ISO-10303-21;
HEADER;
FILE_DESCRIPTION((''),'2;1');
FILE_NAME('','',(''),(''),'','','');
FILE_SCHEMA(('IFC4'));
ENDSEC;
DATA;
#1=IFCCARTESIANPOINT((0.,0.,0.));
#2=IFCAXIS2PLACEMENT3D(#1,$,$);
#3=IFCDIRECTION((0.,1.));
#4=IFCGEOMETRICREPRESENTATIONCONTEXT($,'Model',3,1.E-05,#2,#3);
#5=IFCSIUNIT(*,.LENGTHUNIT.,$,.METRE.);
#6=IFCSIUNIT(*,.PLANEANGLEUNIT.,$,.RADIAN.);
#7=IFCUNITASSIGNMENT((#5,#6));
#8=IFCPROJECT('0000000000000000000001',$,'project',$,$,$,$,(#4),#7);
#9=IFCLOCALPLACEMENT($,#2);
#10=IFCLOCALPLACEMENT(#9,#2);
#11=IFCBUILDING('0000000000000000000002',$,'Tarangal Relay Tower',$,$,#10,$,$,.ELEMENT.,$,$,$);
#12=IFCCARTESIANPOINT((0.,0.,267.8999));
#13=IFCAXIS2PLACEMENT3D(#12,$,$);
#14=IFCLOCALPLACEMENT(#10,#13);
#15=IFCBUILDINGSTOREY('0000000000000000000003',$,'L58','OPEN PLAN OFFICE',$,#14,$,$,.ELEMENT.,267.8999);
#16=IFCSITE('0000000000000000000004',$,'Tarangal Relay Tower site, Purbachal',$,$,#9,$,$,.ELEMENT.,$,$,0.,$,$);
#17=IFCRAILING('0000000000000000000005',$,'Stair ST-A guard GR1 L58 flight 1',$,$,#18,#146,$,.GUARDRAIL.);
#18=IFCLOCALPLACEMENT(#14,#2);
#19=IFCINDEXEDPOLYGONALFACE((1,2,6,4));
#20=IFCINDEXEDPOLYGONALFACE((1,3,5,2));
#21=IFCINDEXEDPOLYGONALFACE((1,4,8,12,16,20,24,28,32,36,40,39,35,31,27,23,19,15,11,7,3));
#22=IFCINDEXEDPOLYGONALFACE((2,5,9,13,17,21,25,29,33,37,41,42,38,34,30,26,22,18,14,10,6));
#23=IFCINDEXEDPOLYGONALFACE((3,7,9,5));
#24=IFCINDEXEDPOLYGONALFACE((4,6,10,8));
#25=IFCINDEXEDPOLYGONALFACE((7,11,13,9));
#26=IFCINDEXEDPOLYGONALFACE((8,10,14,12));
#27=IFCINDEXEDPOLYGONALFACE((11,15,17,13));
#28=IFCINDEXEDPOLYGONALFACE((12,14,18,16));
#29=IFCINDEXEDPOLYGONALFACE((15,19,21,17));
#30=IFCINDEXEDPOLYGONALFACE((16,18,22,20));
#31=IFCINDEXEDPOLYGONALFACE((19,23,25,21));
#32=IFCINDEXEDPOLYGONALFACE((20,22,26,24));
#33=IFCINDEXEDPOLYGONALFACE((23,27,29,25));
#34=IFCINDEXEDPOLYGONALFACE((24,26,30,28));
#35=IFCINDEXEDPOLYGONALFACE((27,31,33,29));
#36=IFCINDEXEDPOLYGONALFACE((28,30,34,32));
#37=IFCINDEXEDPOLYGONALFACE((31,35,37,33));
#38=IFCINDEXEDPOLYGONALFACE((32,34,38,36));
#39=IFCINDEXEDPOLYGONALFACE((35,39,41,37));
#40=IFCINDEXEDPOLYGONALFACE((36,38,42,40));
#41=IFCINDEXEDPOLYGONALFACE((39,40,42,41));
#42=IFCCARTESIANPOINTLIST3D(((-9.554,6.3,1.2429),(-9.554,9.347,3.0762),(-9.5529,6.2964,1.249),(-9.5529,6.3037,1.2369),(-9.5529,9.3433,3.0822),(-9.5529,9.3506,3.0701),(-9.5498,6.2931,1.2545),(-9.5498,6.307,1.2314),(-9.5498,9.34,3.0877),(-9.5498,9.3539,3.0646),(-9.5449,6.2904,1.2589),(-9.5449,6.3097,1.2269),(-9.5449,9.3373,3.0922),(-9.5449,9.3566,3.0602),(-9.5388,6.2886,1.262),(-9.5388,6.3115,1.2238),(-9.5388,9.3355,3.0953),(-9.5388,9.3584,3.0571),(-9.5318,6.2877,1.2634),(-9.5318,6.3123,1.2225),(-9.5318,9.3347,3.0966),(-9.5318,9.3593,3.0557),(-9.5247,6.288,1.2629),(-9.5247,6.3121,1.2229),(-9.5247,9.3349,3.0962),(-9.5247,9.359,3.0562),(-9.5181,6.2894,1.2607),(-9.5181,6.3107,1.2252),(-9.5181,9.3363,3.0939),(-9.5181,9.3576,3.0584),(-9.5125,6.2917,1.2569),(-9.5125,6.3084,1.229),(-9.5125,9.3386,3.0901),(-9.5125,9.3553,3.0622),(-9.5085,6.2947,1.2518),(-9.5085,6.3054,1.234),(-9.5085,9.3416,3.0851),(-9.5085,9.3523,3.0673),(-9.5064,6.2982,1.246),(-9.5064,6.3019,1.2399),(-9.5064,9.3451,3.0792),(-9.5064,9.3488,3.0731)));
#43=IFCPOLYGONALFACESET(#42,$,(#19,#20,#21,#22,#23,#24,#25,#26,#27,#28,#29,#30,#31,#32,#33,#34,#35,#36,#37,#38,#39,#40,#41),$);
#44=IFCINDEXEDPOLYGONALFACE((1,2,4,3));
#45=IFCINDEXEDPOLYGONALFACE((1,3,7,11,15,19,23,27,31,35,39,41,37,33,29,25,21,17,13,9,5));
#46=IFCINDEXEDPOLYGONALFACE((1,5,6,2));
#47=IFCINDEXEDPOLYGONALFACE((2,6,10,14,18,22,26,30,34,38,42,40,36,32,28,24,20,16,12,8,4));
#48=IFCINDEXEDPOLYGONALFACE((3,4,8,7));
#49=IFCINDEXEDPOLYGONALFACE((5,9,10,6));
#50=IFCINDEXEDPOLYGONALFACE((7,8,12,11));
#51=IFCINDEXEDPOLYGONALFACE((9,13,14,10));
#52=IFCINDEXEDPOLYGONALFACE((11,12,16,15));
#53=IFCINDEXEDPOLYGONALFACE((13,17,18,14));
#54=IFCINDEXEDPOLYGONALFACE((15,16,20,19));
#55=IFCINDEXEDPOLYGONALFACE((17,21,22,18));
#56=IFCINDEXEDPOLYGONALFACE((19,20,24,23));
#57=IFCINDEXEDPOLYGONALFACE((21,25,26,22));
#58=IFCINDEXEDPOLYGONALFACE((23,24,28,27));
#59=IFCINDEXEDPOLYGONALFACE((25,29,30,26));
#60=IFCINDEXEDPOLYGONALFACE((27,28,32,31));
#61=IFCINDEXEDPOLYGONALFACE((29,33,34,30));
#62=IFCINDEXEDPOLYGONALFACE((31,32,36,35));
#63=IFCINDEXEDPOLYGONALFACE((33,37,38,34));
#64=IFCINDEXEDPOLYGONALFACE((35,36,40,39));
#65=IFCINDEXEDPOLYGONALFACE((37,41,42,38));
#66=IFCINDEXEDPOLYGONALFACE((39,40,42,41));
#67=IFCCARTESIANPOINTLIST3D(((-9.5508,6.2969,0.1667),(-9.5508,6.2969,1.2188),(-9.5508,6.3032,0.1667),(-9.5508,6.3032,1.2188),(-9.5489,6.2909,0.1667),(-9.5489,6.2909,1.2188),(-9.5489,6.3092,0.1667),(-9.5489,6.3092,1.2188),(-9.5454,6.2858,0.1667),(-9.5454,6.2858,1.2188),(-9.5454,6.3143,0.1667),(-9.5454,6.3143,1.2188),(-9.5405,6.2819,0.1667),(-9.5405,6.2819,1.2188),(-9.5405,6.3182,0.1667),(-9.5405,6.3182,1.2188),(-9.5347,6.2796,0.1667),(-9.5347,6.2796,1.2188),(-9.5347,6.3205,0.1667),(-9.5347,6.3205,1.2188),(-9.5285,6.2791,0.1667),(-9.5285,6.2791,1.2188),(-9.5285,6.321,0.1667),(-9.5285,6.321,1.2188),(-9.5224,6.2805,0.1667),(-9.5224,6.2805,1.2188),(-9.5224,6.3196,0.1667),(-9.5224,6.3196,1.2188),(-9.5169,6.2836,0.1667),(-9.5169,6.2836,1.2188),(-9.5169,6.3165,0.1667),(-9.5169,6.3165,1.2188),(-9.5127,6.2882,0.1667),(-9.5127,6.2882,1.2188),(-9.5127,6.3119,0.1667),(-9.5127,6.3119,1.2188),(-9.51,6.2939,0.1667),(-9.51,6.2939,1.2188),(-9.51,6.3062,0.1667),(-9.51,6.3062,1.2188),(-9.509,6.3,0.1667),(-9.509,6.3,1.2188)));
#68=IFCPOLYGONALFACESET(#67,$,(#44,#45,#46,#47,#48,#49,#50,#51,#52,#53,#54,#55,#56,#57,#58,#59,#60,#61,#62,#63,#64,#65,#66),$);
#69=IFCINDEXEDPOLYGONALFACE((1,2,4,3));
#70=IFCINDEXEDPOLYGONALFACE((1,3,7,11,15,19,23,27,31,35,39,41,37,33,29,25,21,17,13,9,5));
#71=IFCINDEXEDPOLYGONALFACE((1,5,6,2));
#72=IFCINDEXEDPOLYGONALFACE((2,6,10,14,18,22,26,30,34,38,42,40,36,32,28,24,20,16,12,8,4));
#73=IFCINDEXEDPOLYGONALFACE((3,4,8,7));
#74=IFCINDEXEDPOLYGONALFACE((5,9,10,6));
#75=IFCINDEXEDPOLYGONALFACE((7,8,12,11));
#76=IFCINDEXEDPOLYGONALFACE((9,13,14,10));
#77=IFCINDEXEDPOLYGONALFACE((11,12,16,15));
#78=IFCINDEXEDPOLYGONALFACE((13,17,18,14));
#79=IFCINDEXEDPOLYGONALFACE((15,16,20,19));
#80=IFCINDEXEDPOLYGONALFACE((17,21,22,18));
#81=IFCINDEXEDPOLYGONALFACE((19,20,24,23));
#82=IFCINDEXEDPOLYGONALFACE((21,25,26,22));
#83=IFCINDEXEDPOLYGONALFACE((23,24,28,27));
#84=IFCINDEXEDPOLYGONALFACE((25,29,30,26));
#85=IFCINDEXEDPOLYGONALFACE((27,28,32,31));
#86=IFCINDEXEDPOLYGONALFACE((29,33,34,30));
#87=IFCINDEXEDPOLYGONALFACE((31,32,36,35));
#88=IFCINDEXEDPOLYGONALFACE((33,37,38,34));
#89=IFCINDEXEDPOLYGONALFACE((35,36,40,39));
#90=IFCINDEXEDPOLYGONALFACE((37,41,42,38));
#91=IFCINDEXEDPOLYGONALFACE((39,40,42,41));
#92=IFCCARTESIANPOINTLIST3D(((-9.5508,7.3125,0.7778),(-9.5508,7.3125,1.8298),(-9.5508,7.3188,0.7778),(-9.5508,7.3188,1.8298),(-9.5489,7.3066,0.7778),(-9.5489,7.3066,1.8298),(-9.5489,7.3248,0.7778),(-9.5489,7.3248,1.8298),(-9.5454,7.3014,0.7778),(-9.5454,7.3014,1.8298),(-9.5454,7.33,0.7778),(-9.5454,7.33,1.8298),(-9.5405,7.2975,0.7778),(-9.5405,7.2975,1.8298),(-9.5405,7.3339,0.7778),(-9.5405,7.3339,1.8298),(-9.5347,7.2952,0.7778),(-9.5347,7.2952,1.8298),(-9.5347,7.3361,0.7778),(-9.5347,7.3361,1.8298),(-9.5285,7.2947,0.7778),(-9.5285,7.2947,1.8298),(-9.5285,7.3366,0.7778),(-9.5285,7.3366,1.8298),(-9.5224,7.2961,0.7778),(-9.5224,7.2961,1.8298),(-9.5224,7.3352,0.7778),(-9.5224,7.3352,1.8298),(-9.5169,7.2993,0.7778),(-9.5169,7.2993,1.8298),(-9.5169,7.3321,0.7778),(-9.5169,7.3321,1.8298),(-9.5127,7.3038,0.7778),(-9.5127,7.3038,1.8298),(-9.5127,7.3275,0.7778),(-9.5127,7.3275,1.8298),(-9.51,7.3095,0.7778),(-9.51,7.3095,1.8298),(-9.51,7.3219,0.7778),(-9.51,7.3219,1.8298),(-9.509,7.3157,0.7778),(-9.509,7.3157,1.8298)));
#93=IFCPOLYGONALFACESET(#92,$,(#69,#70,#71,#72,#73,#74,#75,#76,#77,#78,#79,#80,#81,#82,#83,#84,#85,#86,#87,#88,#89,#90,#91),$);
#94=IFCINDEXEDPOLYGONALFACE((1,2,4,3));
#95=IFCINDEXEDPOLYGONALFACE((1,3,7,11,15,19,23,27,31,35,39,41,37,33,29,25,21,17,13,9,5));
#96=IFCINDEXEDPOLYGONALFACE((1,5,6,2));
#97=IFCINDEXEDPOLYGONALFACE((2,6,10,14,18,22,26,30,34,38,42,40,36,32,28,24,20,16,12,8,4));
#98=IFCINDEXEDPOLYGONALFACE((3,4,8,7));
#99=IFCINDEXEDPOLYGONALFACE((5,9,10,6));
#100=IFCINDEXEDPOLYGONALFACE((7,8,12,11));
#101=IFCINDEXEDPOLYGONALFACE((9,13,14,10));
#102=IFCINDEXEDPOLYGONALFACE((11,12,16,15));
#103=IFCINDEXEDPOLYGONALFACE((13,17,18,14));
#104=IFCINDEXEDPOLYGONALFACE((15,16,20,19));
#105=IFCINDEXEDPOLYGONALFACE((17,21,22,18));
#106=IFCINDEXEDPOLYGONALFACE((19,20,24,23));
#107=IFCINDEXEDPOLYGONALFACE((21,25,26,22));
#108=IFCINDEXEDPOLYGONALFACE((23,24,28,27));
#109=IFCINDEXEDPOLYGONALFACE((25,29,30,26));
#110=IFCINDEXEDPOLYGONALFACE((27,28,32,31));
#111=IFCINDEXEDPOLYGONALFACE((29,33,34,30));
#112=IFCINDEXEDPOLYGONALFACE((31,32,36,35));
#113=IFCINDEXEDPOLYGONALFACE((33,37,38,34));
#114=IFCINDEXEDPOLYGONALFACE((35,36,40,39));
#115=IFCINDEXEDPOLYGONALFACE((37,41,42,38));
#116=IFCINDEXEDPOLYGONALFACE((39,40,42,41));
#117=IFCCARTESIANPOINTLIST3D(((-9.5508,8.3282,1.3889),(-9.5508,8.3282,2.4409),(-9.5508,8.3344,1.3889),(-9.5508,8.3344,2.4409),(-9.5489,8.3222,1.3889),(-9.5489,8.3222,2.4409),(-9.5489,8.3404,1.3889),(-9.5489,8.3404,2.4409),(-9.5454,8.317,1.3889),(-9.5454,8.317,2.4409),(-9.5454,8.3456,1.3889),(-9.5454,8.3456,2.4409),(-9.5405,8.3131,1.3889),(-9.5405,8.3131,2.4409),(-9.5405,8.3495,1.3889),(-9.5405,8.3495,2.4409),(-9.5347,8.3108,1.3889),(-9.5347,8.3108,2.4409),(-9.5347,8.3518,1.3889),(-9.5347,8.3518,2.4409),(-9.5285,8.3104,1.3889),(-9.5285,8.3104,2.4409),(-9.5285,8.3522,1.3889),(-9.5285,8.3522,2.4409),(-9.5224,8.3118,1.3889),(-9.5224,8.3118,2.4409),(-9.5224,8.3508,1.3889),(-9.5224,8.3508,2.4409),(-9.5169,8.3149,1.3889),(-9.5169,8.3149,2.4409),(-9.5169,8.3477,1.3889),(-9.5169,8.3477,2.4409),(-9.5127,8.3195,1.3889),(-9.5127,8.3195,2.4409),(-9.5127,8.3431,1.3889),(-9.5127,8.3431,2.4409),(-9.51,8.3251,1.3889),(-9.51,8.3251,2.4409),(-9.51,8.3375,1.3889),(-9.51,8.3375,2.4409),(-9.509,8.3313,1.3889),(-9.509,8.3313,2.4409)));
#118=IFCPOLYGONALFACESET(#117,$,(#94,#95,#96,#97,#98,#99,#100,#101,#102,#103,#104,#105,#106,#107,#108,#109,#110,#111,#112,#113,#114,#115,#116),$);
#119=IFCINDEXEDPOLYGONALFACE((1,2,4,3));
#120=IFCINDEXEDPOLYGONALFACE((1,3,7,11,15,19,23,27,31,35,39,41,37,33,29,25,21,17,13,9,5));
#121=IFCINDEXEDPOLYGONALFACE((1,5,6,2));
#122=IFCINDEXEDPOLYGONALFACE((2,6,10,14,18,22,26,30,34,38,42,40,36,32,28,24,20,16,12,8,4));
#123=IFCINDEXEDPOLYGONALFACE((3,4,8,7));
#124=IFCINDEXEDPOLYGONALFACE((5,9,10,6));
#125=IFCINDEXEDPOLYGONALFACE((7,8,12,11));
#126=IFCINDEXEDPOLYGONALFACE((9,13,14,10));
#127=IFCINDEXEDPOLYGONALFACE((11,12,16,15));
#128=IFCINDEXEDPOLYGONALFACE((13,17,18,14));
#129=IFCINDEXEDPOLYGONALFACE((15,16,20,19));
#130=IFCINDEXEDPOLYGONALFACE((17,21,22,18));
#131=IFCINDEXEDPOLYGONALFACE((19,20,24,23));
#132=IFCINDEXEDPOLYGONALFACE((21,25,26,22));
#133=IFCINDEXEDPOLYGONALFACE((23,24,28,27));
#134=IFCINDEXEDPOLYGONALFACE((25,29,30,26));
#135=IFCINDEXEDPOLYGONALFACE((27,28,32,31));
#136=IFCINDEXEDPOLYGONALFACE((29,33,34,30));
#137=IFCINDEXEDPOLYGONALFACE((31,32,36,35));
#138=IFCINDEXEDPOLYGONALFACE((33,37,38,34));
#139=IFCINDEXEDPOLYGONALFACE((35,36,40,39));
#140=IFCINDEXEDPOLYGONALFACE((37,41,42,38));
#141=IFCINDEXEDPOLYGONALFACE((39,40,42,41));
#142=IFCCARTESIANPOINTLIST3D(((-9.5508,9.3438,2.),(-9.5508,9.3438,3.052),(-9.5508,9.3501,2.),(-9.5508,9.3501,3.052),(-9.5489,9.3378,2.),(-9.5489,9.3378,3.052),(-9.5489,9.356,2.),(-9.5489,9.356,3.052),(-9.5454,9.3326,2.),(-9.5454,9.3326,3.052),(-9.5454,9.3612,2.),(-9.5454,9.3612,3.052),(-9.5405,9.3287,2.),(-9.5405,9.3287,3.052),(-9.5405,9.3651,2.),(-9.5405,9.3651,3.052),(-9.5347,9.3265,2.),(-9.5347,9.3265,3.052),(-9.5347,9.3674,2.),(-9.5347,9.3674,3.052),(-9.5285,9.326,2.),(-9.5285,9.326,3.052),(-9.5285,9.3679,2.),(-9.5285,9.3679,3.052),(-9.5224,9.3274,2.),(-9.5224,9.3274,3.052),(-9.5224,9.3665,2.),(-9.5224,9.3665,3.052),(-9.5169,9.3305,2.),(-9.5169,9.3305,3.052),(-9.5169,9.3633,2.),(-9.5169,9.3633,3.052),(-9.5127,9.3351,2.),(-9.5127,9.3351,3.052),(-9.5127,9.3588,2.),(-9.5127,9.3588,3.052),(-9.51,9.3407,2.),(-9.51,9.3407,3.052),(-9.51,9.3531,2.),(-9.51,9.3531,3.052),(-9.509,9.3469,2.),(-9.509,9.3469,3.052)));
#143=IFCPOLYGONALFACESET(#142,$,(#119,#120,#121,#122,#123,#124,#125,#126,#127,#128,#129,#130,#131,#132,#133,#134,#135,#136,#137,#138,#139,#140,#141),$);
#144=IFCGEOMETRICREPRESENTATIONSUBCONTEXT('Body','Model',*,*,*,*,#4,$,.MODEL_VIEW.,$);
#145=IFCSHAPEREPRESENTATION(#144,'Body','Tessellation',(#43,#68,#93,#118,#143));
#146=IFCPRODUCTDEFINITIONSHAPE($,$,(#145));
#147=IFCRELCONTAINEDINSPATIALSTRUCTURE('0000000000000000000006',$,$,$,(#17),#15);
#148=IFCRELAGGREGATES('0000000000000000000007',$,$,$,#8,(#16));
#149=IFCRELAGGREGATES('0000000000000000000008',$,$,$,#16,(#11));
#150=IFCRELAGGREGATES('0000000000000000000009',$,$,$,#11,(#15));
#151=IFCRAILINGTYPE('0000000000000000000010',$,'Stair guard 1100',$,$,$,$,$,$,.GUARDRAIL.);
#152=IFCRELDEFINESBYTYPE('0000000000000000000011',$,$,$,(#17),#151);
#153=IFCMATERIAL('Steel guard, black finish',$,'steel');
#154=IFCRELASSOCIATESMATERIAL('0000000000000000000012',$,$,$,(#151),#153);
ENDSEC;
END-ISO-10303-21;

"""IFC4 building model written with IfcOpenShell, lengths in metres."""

from ifc_helpers import new_model, si_unit, direction, frame, origin, origin_2d, place, context, subcontext, project, spatial, circle, extrude, material, type_object, element, save


model = new_model("IFC4")

# Units and contexts
model_context = context("Model", 3, precision=1e-05, world=origin(), true_north=direction((0.0, 1.0)))
body_context = subcontext(model_context, "Body", "Model", "MODEL_VIEW")
ifc_project = project(units=[si_unit("LENGTHUNIT", "METRE"), si_unit("PLANEANGLEUNIT", "RADIAN")], contexts=[model_context])

# Site, building, storey
site_placement = place(None, origin())
site = spatial("IfcSite", under=ifc_project, at=site_placement, Name="Tarangal Relay Tower site, Purbachal", CompositionType="ELEMENT", RefElevation=0.0)
building_placement = place(site_placement, origin())
building = spatial("IfcBuilding", under=site, at=building_placement, Name="Tarangal Relay Tower", CompositionType="ELEMENT")
storey_placement = place(building_placement, frame((0.0, 0.0, 267.8999)))
storey = spatial("IfcBuildingStorey", under=building, at=storey_placement, Name="L58", Description="OPEN PLAN OFFICE", CompositionType="ELEMENT", Elevation=267.8999)

# Railing
ifc_material_1 = material(Name="Steel guard, black finish", Category="steel")
railing_type_1 = type_object("IfcRailingType", Name="Stair guard 1100", PredefinedType="GUARDRAIL", material=ifc_material_1)
railing_1_placement = place(storey_placement, frame((-9.53, 6.3, 0.1667)))
element("IfcRailing", 1, at=railing_1_placement, inside=storey, type_object=railing_type_1, Name="Stair ST-A guard GR1 L58 flight 1", PredefinedType="GUARDRAIL", context=body_context, shape_type="SweptSolid", body=[
    extrude(circle(Radius=0.0239, at=origin_2d()), frame((0.0, 0.0, 1.0762), z_axis=(0.0, 0.856856, 0.515556), x_axis=(-1.0, 0.0, 0.0)), (0.0, 0.0, 1.0), 3.5559),
    extrude(circle(Radius=0.021, at=origin_2d()), origin(), (0.0, 0.0, 1.0), 1.052),
    extrude(circle(Radius=0.021, at=origin_2d()), frame((0.0, 1.0156, 0.6111)), (0.0, 0.0, 1.0), 1.052),
    extrude(circle(Radius=0.021, at=origin_2d()), frame((0.0, 2.0312, 1.2222)), (0.0, 0.0, 1.0), 1.052),
    extrude(circle(Radius=0.021, at=origin_2d()), frame((0.0, 3.0469, 1.8333)), (0.0, 0.0, 1.0), 1.052),
])

save(model, "model.ifc")
